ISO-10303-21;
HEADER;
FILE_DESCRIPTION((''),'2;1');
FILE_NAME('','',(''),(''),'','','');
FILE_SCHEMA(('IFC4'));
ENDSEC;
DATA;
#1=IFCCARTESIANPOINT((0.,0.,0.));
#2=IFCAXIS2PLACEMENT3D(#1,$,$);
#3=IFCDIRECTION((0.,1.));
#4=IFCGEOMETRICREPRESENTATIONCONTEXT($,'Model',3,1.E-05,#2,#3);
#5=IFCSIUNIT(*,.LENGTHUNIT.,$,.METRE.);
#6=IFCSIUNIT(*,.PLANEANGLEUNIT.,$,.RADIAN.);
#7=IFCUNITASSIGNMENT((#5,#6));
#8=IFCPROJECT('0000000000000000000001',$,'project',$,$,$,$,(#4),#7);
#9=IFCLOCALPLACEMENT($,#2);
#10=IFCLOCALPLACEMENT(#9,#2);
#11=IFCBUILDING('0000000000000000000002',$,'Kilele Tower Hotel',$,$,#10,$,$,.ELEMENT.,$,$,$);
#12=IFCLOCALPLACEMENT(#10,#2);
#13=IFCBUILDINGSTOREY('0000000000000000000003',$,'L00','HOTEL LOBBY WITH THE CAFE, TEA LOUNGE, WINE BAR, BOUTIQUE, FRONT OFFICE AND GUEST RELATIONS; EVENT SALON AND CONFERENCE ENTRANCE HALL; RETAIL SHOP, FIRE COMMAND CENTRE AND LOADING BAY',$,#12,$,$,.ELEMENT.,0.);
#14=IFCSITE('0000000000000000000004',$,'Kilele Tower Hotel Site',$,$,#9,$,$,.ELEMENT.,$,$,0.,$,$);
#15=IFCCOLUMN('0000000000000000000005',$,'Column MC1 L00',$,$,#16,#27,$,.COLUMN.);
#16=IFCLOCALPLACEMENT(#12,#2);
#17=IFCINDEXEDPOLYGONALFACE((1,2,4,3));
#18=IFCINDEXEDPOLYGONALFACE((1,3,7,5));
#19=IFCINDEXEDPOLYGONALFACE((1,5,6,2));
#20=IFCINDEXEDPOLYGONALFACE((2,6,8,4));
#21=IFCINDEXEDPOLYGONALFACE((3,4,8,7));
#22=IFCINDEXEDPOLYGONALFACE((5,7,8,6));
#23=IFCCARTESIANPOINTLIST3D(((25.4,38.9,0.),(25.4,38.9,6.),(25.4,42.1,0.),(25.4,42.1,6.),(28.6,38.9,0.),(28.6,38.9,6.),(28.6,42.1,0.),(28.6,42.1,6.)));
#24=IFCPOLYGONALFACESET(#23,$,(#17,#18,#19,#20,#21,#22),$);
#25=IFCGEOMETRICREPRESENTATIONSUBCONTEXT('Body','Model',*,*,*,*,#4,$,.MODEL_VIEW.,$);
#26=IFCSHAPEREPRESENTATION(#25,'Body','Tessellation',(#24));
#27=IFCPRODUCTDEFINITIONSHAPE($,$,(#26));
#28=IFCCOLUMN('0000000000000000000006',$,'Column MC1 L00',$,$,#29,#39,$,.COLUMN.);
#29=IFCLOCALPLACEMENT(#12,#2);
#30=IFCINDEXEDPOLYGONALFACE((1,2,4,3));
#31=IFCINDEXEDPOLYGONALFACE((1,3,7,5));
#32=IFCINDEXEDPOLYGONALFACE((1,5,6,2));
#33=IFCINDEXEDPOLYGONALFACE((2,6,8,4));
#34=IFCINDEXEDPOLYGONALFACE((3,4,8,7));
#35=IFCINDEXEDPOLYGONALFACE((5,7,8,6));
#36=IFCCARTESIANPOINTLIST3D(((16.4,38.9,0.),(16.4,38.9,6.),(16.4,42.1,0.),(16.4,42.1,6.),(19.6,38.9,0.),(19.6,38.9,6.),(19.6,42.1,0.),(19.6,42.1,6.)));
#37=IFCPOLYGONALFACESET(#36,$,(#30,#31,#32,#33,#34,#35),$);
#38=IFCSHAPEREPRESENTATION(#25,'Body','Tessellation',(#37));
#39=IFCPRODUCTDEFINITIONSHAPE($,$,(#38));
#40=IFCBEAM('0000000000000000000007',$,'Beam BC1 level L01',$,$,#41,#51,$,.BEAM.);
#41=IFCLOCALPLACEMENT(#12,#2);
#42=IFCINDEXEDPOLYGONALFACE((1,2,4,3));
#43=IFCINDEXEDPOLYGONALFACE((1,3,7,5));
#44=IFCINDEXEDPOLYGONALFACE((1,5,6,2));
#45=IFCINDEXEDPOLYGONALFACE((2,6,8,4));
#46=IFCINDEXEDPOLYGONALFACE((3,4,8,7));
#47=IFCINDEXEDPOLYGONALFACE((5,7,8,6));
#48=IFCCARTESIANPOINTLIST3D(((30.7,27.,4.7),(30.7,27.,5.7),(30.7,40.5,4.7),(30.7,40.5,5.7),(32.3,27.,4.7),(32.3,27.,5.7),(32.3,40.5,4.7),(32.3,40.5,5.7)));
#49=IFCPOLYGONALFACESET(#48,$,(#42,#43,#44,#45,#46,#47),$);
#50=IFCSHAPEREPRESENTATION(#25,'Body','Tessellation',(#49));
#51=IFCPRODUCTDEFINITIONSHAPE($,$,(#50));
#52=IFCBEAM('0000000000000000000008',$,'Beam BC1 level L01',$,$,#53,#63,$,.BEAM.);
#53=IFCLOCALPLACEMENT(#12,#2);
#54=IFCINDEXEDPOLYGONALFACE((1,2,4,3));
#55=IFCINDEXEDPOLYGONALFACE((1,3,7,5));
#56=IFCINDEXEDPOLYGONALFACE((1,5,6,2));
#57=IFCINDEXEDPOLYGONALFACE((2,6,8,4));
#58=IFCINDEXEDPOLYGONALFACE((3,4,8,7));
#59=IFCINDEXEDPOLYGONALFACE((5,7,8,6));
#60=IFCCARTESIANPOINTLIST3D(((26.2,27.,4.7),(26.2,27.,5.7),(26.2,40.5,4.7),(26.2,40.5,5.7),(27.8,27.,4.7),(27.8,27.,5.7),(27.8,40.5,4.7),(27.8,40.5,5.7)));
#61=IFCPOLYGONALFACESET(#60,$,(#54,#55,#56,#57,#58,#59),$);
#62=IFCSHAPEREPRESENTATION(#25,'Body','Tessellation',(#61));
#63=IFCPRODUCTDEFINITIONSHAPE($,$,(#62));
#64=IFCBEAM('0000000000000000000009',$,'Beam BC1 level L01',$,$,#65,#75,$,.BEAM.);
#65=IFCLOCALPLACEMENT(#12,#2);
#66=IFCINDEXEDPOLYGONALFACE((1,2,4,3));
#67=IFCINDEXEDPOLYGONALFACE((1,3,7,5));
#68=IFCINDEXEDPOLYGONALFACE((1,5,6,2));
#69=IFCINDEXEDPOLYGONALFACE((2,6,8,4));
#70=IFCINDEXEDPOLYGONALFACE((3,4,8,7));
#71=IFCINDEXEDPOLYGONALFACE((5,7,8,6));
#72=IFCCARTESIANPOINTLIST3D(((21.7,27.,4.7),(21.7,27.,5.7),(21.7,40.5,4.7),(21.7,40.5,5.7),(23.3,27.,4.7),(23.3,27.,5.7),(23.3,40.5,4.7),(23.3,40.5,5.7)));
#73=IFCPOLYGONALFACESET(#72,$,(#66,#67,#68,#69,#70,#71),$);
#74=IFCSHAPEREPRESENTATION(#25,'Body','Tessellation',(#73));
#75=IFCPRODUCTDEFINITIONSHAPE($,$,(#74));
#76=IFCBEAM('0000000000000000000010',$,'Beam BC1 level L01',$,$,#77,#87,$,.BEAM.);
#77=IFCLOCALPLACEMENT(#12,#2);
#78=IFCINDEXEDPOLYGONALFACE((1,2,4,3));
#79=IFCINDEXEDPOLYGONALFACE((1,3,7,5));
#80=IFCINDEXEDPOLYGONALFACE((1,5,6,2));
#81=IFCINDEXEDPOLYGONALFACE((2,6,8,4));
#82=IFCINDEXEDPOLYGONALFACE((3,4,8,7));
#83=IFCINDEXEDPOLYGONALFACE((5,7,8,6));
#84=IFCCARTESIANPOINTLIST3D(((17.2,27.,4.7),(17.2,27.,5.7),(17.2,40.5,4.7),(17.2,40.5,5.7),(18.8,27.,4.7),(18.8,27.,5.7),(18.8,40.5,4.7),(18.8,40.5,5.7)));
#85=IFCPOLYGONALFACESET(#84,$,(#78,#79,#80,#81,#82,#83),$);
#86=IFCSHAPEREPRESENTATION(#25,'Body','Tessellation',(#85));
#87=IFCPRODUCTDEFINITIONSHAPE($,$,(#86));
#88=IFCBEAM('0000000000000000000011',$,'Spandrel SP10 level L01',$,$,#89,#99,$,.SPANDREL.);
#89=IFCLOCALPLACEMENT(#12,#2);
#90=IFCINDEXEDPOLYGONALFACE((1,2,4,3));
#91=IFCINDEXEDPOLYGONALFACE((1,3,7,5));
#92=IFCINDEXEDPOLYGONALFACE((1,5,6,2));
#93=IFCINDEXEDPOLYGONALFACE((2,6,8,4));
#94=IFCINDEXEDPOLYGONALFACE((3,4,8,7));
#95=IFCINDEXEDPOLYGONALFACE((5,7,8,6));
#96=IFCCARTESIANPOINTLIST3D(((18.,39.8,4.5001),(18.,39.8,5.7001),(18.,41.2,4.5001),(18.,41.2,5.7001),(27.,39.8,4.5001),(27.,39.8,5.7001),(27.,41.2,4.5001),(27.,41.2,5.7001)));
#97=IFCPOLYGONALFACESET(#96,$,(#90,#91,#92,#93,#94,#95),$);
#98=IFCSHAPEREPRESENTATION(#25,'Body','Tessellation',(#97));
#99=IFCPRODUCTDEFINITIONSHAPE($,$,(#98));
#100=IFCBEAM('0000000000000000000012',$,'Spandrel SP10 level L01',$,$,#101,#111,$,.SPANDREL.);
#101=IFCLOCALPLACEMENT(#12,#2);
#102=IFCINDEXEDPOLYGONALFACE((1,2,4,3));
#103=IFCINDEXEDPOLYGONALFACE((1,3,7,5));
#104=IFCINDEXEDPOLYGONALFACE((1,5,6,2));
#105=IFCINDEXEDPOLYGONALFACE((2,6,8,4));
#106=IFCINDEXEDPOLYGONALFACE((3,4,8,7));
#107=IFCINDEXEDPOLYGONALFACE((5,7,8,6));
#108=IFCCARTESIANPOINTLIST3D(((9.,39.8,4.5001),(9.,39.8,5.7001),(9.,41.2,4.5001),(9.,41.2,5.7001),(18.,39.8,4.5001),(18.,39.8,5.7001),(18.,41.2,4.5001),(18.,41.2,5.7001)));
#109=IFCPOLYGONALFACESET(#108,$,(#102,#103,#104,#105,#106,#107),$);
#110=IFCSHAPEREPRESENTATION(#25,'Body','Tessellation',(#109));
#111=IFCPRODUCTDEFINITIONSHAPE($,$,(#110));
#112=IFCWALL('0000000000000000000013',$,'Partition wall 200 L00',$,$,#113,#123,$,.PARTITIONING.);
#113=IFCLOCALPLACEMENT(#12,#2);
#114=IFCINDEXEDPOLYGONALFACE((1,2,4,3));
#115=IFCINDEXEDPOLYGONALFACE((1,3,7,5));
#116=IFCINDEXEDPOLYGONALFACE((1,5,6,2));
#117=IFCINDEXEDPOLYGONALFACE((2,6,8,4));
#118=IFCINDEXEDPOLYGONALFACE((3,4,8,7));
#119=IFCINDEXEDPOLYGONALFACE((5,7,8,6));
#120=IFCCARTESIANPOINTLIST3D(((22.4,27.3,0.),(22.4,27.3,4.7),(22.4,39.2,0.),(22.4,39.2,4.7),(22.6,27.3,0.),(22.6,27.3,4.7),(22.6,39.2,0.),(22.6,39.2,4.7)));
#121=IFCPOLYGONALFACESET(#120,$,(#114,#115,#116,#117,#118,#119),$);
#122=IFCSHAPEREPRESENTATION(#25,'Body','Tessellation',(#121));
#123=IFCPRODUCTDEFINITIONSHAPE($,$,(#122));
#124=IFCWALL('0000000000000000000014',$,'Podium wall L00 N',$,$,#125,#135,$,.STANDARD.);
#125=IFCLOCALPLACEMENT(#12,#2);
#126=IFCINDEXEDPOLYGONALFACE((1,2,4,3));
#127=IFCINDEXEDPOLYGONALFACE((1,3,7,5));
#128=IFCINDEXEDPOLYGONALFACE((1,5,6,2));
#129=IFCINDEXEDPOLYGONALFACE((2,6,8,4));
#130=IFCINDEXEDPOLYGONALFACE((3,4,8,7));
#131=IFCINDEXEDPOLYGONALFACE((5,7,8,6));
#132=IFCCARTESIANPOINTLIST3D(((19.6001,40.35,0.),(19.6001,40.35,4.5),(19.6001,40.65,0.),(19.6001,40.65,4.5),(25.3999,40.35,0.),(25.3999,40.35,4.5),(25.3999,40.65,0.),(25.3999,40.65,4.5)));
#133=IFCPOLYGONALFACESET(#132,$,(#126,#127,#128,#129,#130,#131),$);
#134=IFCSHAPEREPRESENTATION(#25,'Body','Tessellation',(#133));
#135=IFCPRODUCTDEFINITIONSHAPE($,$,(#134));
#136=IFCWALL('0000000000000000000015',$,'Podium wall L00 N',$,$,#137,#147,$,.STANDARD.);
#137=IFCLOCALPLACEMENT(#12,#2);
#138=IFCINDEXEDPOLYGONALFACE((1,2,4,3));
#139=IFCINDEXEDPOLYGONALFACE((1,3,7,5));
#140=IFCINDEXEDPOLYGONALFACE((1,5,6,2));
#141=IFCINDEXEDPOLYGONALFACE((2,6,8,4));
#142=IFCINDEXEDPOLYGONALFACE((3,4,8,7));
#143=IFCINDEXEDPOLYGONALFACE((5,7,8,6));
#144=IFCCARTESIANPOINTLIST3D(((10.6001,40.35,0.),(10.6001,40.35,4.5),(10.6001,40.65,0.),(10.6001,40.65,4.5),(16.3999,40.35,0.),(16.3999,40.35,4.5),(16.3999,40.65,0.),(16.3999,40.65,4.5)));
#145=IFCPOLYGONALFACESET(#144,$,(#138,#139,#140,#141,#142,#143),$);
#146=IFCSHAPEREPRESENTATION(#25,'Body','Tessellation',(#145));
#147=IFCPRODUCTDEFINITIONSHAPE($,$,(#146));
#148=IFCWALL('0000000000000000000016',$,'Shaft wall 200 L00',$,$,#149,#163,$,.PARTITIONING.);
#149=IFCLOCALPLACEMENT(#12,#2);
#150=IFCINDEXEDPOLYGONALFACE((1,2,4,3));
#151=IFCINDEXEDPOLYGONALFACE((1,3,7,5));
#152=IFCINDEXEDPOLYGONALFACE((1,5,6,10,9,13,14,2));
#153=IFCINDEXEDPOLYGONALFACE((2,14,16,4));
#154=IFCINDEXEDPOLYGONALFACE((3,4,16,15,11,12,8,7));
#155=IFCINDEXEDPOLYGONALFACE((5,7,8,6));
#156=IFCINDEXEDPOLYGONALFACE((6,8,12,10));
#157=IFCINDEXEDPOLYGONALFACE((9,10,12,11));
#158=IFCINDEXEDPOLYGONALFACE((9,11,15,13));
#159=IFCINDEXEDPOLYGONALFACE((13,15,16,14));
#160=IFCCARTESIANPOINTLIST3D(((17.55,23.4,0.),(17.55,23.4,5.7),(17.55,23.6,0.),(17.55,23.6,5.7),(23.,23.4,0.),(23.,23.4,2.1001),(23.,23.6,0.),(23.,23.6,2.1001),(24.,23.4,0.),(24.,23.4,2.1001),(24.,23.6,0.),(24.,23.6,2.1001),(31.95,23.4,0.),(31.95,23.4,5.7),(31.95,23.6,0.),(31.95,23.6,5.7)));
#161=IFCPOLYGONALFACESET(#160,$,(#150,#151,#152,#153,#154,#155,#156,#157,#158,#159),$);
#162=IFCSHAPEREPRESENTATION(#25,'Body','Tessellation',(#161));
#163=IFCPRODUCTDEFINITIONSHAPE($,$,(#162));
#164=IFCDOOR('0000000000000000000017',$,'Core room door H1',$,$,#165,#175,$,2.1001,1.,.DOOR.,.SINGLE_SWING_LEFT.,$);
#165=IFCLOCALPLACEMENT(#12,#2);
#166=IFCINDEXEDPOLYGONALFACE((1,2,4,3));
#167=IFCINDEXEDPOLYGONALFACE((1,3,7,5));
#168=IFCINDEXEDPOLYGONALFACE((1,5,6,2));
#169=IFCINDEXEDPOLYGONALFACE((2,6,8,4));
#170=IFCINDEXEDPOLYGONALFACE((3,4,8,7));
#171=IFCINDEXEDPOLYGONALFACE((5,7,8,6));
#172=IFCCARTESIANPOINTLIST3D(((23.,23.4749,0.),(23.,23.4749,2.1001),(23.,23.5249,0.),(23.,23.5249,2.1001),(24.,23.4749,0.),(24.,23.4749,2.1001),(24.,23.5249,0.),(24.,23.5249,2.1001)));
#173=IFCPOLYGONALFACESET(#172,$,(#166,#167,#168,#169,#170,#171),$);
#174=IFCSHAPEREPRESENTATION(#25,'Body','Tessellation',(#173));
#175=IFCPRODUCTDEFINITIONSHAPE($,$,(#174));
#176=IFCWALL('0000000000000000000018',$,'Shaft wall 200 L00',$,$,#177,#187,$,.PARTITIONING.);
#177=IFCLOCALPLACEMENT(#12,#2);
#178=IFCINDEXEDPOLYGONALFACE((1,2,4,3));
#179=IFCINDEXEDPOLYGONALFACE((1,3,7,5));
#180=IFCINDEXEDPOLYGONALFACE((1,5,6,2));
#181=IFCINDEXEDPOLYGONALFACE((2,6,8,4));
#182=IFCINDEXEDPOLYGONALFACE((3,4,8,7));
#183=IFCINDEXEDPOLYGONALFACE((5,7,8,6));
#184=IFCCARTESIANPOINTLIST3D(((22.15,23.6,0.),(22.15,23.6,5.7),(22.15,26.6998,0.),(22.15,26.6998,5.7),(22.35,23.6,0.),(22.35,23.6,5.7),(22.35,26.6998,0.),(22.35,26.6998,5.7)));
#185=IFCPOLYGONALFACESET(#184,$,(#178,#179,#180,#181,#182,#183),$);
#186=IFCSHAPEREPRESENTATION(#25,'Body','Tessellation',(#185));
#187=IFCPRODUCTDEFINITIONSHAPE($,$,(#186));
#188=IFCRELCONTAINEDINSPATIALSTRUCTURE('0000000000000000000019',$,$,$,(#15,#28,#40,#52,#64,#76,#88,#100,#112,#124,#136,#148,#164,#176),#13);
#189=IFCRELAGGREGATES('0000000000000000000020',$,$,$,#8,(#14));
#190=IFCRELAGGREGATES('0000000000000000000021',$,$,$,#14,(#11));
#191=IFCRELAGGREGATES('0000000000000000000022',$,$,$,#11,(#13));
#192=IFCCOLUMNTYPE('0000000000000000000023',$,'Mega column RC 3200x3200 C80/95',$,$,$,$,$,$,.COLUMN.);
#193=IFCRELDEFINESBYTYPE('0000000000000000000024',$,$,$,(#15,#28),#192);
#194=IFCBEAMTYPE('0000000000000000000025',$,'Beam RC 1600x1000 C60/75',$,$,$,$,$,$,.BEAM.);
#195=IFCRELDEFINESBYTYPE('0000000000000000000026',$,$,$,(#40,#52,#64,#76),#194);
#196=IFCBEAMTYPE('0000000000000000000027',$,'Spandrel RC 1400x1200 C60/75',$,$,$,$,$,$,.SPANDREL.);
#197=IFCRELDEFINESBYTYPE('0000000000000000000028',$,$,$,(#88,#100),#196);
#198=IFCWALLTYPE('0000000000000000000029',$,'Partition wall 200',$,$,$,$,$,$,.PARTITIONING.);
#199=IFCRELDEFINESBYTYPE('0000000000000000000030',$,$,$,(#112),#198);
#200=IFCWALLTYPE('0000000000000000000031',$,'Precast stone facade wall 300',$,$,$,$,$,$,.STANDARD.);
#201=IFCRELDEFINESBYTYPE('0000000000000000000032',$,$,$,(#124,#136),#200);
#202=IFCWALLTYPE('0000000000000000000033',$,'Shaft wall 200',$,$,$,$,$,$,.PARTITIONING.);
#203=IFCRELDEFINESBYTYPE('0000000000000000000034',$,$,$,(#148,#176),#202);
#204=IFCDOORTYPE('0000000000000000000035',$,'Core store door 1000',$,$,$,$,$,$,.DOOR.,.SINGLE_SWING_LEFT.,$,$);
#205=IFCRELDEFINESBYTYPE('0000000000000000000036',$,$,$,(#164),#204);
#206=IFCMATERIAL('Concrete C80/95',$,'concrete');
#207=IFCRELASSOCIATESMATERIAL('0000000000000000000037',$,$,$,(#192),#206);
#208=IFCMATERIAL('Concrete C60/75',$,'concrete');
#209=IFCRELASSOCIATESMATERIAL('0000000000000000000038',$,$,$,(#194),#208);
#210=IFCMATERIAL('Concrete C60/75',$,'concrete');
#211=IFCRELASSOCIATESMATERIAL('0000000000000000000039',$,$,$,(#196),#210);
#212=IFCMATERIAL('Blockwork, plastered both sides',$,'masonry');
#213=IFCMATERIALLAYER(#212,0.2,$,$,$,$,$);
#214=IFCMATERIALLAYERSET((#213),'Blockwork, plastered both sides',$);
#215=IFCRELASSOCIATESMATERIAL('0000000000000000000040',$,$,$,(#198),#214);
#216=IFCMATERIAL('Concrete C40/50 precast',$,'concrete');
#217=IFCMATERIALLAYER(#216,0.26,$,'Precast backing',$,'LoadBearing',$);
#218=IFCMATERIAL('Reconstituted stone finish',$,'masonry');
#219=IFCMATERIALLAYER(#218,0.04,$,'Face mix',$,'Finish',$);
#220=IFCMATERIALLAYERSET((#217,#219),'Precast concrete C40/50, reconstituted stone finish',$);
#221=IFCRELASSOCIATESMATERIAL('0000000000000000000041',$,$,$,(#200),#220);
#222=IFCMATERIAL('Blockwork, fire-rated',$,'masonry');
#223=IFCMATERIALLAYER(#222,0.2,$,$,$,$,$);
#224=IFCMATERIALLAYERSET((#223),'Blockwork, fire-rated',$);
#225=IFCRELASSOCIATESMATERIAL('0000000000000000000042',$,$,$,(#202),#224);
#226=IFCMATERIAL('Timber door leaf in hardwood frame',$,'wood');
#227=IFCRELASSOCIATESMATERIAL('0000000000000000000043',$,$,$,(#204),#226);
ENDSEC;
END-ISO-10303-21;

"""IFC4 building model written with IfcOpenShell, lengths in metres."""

from ifc_helpers import new_model, si_unit, direction, frame, frame_2d, origin, origin_2d, place, context, subcontext, project, spatial, rectangle, extrude, material, layer, layer_set, material_profile, profile_set, type_object, element, fill, save


model = new_model("IFC4")

# Units and contexts
model_context = context("Model", 3, precision=1e-05, world=origin(), true_north=direction((0.0, 1.0)))
body_context = subcontext(model_context, "Body", "Model", "MODEL_VIEW")
ifc_project = project(units=[si_unit("LENGTHUNIT", "METRE"), si_unit("PLANEANGLEUNIT", "RADIAN")], contexts=[model_context])

# Site, building, storey
site_placement = place(None, origin())
site = spatial("IfcSite", under=ifc_project, at=site_placement, Name="Kilele Tower Hotel Site", CompositionType="ELEMENT", RefElevation=0.0)
building_placement = place(site_placement, origin())
building = spatial("IfcBuilding", under=site, at=building_placement, Name="Kilele Tower Hotel", CompositionType="ELEMENT")
storey_placement = place(building_placement, origin())
storey = spatial("IfcBuildingStorey", under=building, at=storey_placement, Name="L00", Description="HOTEL LOBBY WITH THE CAFE, TEA LOUNGE, WINE BAR, BOUTIQUE, FRONT OFFICE AND GUEST RELATIONS; EVENT SALON AND CONFERENCE ENTRANCE HALL; RETAIL SHOP, FIRE COMMAND CENTRE AND LOADING BAY", CompositionType="ELEMENT", Elevation=0.0)

# Columns
ifc_material_1 = material(Name="Concrete C80/95", Category="concrete")
ifc_material_profile_1 = material_profile(ifc_material_1, rectangle(XDim=3.2, YDim=3.2, at=origin_2d()))
ifc_profile_set_1 = profile_set([ifc_material_profile_1], Name="Concrete C80/95")
column_type = type_object("IfcColumnType", Name="Mega column RC 3200x3200 C80/95", PredefinedType="COLUMN", material=ifc_profile_set_1)
for number, where, z_axis, x_axis, name in (
    (1, (27.0, 40.5, 0.0), (0.0, 0.0, 1.0), (1.0, 0.0, 0.0), "Column MC1 L00"),
    (2, (18.0, 40.5, 0.0), (0.0, 0.0, 1.0), (1.0, 0.0, 0.0), "Column MC1 L00"),
):
    element("IfcColumn", number, at=place(storey_placement, frame(where, z_axis=z_axis, x_axis=x_axis)), inside=storey, type_object=column_type, Name=name, PredefinedType="COLUMN", context=body_context, shape_type="SweptSolid", body=[
        extrude(rectangle(XDim=3.2, YDim=3.2, at=origin_2d()), origin(), (0.0, 0.0, 1.0), 6.0),
    ])

# Beams
ifc_material_2 = material(Name="Concrete C60/75", Category="concrete")
ifc_material_profile_2 = material_profile(ifc_material_2, rectangle(XDim=1.6001, YDim=1.0, at=origin_2d()))
ifc_profile_set_2 = profile_set([ifc_material_profile_2], Name="Concrete C60/75")
beam_type_1 = type_object("IfcBeamType", Name="Beam RC 1600x1000 C60/75", PredefinedType="BEAM", material=ifc_profile_set_2)
for number, where, z_axis, x_axis, name in (
    (3, (31.5, 40.5, 5.2), (0.0, -1.0, 0.0), (1.0, 0.0, 0.0), "Beam BC1 level L01"),
    (4, (27.0, 40.5, 5.2), (0.0, -1.0, 0.0), (1.0, 0.0, 0.0), "Beam BC1 level L01"),
    (5, (22.5, 40.5, 5.2), (0.0, -1.0, 0.0), (1.0, 0.0, 0.0), "Beam BC1 level L01"),
    (6, (18.0, 40.5, 5.2), (0.0, -1.0, 0.0), (1.0, 0.0, 0.0), "Beam BC1 level L01"),
):
    element("IfcBeam", number, at=place(storey_placement, frame(where, z_axis=z_axis, x_axis=x_axis)), inside=storey, type_object=beam_type_1, Name=name, PredefinedType="BEAM", context=body_context, shape_type="SweptSolid", body=[
        extrude(rectangle(XDim=1.6001, YDim=1.0, at=origin_2d()), origin(), (0.0, 0.0, 1.0), 13.5),
    ])
ifc_material_3 = material(Name="Concrete C60/75", Category="concrete")
ifc_material_profile_3 = material_profile(ifc_material_3, rectangle(XDim=1.3999, YDim=1.2, at=origin_2d()))
ifc_profile_set_3 = profile_set([ifc_material_profile_3], Name="Concrete C60/75")
beam_type_2 = type_object("IfcBeamType", Name="Spandrel RC 1400x1200 C60/75", PredefinedType="SPANDREL", material=ifc_profile_set_3)
for number, where, z_axis, x_axis, name in (
    (7, (27.0, 40.5, 5.1001), (-1.0, 0.0, 0.0), (0.0, -1.0, 0.0), "Spandrel SP10 level L01"),
    (8, (18.0, 40.5, 5.1001), (-1.0, 0.0, 0.0), (0.0, -1.0, 0.0), "Spandrel SP10 level L01"),
):
    element("IfcBeam", number, at=place(storey_placement, frame(where, z_axis=z_axis, x_axis=x_axis)), inside=storey, type_object=beam_type_2, Name=name, PredefinedType="SPANDREL", context=body_context, shape_type="SweptSolid", body=[
        extrude(rectangle(XDim=1.3999, YDim=1.2, at=origin_2d()), origin(), (0.0, 0.0, 1.0), 9.0),
    ])

# Walls
ifc_material_4 = material(Name="Blockwork, plastered both sides", Category="masonry")
ifc_layer_1 = layer(ifc_material_4, 0.2)
ifc_layer_set_1 = layer_set([ifc_layer_1], Name="Blockwork, plastered both sides")
wall_type_1 = type_object("IfcWallType", Name="Partition wall 200", PredefinedType="PARTITIONING", material=ifc_layer_set_1)
wall_1_placement = place(storey_placement, frame((22.5, 27.3, 0.0), z_axis=(0.0, 0.0, 1.0), x_axis=(0.0, 1.0, 0.0)))
element("IfcWall", 9, at=wall_1_placement, inside=storey, type_object=wall_type_1, Name="Partition wall 200 L00", PredefinedType="PARTITIONING", context=body_context, shape_type="SweptSolid", body=[
    extrude(rectangle(XDim=11.8999, YDim=0.2, at=frame_2d((5.95, 0.0))), origin(), (0.0, 0.0, 1.0), 4.7),
])
ifc_material_5 = material(Name="Concrete C40/50 precast", Category="concrete")
ifc_layer_2 = layer(ifc_material_5, 0.26, Name="Precast backing", Category="LoadBearing")
ifc_material_6 = material(Name="Reconstituted stone finish", Category="masonry")
ifc_layer_3 = layer(ifc_material_6, 0.04, Name="Face mix", Category="Finish")
ifc_layer_set_2 = layer_set([ifc_layer_2, ifc_layer_3], Name="Precast concrete C40/50, reconstituted stone finish")
wall_type_2 = type_object("IfcWallType", Name="Precast stone facade wall 300", PredefinedType="STANDARD", material=ifc_layer_set_2)
for number, where, z_axis, x_axis, name in (
    (10, (25.3999, 40.5, 0.0), (0.0, 0.0, 1.0), (-1.0, 0.0, 0.0), "Podium wall L00 N"),
    (11, (16.3999, 40.5, 0.0), (0.0, 0.0, 1.0), (-1.0, 0.0, 0.0), "Podium wall L00 N"),
):
    element("IfcWall", number, at=place(storey_placement, frame(where, z_axis=z_axis, x_axis=x_axis)), inside=storey, type_object=wall_type_2, Name=name, PredefinedType="STANDARD", context=body_context, shape_type="SweptSolid", body=[
        extrude(rectangle(XDim=5.7998, YDim=0.3, at=frame_2d((2.8999, 0.0))), origin(), (0.0, 0.0, 1.0), 4.5),
    ])

# Wall, opening, door
ifc_material_7 = material(Name="Blockwork, fire-rated", Category="masonry")
ifc_layer_4 = layer(ifc_material_7, 0.2)
ifc_layer_set_3 = layer_set([ifc_layer_4], Name="Blockwork, fire-rated")
wall_type_3 = type_object("IfcWallType", Name="Shaft wall 200", PredefinedType="PARTITIONING", material=ifc_layer_set_3)
wall_2_placement = place(storey_placement, frame((17.55, 23.5, 0.0), z_axis=(0.0, 0.0, 1.0), x_axis=(1.0, 0.0, 0.0)))
wall_2 = element("IfcWall", 12, at=wall_2_placement, inside=storey, type_object=wall_type_3, Name="Shaft wall 200 L00", PredefinedType="PARTITIONING", context=body_context, shape_type="SweptSolid", body=[
    extrude(rectangle(XDim=14.3999, YDim=0.2, at=frame_2d((7.2, 0.0))), origin(), (0.0, 0.0, 1.0), 5.7),
])
opening_placement = place(wall_2_placement, frame((5.45, 0.0, 0.0)))
opening = element("IfcOpeningElement", 13, at=opening_placement, cuts=wall_2, PredefinedType="OPENING", context=body_context, shape_type="SweptSolid", body=[
    extrude(rectangle(XDim=1.0, YDim=2.1001, at=frame_2d((0.5, 1.05))), frame((0.0, 0.1099, 0.0), z_axis=(0.0, -1.0, 0.0), x_axis=(1.0, 0.0, 0.0)), (0.0, 0.0, 1.0), 0.22),
])
ifc_material_8 = material(Name="Timber door leaf in hardwood frame", Category="wood")
door_type = type_object("IfcDoorType", Name="Core store door 1000", OperationType="SINGLE_SWING_LEFT", PredefinedType="DOOR", material=ifc_material_8)
door_placement = place(opening_placement, origin())
door = element("IfcDoor", 14, at=door_placement, inside=storey, type_object=door_type, Name="Core room door H1", OperationType="SINGLE_SWING_LEFT", OverallHeight=2.1001, OverallWidth=1.0, PredefinedType="DOOR", context=body_context, shape_type="SweptSolid", body=[
    extrude(rectangle(XDim=1.0, YDim=2.1001, at=frame_2d((0.5, 1.05))), frame((0.0, 0.0249, 0.0), z_axis=(0.0, -1.0, 0.0), x_axis=(1.0, 0.0, 0.0)), (0.0, 0.0, 1.0), 0.05),
])
fill(opening, door)

# Wall
for number, where, z_axis, x_axis, name in (
    (15, (22.25, 23.6001, 0.0), (0.0, 0.0, 1.0), (0.0, 1.0, 0.0), "Shaft wall 200 L00"),
):
    element("IfcWall", number, at=place(storey_placement, frame(where, z_axis=z_axis, x_axis=x_axis)), inside=storey, type_object=wall_type_3, Name=name, PredefinedType="PARTITIONING", context=body_context, shape_type="SweptSolid", body=[
        extrude(rectangle(XDim=3.0999, YDim=0.2, at=frame_2d((1.5498, 0.0))), origin(), (0.0, 0.0, 1.0), 5.7),
    ])

save(model, "model.ifc")
